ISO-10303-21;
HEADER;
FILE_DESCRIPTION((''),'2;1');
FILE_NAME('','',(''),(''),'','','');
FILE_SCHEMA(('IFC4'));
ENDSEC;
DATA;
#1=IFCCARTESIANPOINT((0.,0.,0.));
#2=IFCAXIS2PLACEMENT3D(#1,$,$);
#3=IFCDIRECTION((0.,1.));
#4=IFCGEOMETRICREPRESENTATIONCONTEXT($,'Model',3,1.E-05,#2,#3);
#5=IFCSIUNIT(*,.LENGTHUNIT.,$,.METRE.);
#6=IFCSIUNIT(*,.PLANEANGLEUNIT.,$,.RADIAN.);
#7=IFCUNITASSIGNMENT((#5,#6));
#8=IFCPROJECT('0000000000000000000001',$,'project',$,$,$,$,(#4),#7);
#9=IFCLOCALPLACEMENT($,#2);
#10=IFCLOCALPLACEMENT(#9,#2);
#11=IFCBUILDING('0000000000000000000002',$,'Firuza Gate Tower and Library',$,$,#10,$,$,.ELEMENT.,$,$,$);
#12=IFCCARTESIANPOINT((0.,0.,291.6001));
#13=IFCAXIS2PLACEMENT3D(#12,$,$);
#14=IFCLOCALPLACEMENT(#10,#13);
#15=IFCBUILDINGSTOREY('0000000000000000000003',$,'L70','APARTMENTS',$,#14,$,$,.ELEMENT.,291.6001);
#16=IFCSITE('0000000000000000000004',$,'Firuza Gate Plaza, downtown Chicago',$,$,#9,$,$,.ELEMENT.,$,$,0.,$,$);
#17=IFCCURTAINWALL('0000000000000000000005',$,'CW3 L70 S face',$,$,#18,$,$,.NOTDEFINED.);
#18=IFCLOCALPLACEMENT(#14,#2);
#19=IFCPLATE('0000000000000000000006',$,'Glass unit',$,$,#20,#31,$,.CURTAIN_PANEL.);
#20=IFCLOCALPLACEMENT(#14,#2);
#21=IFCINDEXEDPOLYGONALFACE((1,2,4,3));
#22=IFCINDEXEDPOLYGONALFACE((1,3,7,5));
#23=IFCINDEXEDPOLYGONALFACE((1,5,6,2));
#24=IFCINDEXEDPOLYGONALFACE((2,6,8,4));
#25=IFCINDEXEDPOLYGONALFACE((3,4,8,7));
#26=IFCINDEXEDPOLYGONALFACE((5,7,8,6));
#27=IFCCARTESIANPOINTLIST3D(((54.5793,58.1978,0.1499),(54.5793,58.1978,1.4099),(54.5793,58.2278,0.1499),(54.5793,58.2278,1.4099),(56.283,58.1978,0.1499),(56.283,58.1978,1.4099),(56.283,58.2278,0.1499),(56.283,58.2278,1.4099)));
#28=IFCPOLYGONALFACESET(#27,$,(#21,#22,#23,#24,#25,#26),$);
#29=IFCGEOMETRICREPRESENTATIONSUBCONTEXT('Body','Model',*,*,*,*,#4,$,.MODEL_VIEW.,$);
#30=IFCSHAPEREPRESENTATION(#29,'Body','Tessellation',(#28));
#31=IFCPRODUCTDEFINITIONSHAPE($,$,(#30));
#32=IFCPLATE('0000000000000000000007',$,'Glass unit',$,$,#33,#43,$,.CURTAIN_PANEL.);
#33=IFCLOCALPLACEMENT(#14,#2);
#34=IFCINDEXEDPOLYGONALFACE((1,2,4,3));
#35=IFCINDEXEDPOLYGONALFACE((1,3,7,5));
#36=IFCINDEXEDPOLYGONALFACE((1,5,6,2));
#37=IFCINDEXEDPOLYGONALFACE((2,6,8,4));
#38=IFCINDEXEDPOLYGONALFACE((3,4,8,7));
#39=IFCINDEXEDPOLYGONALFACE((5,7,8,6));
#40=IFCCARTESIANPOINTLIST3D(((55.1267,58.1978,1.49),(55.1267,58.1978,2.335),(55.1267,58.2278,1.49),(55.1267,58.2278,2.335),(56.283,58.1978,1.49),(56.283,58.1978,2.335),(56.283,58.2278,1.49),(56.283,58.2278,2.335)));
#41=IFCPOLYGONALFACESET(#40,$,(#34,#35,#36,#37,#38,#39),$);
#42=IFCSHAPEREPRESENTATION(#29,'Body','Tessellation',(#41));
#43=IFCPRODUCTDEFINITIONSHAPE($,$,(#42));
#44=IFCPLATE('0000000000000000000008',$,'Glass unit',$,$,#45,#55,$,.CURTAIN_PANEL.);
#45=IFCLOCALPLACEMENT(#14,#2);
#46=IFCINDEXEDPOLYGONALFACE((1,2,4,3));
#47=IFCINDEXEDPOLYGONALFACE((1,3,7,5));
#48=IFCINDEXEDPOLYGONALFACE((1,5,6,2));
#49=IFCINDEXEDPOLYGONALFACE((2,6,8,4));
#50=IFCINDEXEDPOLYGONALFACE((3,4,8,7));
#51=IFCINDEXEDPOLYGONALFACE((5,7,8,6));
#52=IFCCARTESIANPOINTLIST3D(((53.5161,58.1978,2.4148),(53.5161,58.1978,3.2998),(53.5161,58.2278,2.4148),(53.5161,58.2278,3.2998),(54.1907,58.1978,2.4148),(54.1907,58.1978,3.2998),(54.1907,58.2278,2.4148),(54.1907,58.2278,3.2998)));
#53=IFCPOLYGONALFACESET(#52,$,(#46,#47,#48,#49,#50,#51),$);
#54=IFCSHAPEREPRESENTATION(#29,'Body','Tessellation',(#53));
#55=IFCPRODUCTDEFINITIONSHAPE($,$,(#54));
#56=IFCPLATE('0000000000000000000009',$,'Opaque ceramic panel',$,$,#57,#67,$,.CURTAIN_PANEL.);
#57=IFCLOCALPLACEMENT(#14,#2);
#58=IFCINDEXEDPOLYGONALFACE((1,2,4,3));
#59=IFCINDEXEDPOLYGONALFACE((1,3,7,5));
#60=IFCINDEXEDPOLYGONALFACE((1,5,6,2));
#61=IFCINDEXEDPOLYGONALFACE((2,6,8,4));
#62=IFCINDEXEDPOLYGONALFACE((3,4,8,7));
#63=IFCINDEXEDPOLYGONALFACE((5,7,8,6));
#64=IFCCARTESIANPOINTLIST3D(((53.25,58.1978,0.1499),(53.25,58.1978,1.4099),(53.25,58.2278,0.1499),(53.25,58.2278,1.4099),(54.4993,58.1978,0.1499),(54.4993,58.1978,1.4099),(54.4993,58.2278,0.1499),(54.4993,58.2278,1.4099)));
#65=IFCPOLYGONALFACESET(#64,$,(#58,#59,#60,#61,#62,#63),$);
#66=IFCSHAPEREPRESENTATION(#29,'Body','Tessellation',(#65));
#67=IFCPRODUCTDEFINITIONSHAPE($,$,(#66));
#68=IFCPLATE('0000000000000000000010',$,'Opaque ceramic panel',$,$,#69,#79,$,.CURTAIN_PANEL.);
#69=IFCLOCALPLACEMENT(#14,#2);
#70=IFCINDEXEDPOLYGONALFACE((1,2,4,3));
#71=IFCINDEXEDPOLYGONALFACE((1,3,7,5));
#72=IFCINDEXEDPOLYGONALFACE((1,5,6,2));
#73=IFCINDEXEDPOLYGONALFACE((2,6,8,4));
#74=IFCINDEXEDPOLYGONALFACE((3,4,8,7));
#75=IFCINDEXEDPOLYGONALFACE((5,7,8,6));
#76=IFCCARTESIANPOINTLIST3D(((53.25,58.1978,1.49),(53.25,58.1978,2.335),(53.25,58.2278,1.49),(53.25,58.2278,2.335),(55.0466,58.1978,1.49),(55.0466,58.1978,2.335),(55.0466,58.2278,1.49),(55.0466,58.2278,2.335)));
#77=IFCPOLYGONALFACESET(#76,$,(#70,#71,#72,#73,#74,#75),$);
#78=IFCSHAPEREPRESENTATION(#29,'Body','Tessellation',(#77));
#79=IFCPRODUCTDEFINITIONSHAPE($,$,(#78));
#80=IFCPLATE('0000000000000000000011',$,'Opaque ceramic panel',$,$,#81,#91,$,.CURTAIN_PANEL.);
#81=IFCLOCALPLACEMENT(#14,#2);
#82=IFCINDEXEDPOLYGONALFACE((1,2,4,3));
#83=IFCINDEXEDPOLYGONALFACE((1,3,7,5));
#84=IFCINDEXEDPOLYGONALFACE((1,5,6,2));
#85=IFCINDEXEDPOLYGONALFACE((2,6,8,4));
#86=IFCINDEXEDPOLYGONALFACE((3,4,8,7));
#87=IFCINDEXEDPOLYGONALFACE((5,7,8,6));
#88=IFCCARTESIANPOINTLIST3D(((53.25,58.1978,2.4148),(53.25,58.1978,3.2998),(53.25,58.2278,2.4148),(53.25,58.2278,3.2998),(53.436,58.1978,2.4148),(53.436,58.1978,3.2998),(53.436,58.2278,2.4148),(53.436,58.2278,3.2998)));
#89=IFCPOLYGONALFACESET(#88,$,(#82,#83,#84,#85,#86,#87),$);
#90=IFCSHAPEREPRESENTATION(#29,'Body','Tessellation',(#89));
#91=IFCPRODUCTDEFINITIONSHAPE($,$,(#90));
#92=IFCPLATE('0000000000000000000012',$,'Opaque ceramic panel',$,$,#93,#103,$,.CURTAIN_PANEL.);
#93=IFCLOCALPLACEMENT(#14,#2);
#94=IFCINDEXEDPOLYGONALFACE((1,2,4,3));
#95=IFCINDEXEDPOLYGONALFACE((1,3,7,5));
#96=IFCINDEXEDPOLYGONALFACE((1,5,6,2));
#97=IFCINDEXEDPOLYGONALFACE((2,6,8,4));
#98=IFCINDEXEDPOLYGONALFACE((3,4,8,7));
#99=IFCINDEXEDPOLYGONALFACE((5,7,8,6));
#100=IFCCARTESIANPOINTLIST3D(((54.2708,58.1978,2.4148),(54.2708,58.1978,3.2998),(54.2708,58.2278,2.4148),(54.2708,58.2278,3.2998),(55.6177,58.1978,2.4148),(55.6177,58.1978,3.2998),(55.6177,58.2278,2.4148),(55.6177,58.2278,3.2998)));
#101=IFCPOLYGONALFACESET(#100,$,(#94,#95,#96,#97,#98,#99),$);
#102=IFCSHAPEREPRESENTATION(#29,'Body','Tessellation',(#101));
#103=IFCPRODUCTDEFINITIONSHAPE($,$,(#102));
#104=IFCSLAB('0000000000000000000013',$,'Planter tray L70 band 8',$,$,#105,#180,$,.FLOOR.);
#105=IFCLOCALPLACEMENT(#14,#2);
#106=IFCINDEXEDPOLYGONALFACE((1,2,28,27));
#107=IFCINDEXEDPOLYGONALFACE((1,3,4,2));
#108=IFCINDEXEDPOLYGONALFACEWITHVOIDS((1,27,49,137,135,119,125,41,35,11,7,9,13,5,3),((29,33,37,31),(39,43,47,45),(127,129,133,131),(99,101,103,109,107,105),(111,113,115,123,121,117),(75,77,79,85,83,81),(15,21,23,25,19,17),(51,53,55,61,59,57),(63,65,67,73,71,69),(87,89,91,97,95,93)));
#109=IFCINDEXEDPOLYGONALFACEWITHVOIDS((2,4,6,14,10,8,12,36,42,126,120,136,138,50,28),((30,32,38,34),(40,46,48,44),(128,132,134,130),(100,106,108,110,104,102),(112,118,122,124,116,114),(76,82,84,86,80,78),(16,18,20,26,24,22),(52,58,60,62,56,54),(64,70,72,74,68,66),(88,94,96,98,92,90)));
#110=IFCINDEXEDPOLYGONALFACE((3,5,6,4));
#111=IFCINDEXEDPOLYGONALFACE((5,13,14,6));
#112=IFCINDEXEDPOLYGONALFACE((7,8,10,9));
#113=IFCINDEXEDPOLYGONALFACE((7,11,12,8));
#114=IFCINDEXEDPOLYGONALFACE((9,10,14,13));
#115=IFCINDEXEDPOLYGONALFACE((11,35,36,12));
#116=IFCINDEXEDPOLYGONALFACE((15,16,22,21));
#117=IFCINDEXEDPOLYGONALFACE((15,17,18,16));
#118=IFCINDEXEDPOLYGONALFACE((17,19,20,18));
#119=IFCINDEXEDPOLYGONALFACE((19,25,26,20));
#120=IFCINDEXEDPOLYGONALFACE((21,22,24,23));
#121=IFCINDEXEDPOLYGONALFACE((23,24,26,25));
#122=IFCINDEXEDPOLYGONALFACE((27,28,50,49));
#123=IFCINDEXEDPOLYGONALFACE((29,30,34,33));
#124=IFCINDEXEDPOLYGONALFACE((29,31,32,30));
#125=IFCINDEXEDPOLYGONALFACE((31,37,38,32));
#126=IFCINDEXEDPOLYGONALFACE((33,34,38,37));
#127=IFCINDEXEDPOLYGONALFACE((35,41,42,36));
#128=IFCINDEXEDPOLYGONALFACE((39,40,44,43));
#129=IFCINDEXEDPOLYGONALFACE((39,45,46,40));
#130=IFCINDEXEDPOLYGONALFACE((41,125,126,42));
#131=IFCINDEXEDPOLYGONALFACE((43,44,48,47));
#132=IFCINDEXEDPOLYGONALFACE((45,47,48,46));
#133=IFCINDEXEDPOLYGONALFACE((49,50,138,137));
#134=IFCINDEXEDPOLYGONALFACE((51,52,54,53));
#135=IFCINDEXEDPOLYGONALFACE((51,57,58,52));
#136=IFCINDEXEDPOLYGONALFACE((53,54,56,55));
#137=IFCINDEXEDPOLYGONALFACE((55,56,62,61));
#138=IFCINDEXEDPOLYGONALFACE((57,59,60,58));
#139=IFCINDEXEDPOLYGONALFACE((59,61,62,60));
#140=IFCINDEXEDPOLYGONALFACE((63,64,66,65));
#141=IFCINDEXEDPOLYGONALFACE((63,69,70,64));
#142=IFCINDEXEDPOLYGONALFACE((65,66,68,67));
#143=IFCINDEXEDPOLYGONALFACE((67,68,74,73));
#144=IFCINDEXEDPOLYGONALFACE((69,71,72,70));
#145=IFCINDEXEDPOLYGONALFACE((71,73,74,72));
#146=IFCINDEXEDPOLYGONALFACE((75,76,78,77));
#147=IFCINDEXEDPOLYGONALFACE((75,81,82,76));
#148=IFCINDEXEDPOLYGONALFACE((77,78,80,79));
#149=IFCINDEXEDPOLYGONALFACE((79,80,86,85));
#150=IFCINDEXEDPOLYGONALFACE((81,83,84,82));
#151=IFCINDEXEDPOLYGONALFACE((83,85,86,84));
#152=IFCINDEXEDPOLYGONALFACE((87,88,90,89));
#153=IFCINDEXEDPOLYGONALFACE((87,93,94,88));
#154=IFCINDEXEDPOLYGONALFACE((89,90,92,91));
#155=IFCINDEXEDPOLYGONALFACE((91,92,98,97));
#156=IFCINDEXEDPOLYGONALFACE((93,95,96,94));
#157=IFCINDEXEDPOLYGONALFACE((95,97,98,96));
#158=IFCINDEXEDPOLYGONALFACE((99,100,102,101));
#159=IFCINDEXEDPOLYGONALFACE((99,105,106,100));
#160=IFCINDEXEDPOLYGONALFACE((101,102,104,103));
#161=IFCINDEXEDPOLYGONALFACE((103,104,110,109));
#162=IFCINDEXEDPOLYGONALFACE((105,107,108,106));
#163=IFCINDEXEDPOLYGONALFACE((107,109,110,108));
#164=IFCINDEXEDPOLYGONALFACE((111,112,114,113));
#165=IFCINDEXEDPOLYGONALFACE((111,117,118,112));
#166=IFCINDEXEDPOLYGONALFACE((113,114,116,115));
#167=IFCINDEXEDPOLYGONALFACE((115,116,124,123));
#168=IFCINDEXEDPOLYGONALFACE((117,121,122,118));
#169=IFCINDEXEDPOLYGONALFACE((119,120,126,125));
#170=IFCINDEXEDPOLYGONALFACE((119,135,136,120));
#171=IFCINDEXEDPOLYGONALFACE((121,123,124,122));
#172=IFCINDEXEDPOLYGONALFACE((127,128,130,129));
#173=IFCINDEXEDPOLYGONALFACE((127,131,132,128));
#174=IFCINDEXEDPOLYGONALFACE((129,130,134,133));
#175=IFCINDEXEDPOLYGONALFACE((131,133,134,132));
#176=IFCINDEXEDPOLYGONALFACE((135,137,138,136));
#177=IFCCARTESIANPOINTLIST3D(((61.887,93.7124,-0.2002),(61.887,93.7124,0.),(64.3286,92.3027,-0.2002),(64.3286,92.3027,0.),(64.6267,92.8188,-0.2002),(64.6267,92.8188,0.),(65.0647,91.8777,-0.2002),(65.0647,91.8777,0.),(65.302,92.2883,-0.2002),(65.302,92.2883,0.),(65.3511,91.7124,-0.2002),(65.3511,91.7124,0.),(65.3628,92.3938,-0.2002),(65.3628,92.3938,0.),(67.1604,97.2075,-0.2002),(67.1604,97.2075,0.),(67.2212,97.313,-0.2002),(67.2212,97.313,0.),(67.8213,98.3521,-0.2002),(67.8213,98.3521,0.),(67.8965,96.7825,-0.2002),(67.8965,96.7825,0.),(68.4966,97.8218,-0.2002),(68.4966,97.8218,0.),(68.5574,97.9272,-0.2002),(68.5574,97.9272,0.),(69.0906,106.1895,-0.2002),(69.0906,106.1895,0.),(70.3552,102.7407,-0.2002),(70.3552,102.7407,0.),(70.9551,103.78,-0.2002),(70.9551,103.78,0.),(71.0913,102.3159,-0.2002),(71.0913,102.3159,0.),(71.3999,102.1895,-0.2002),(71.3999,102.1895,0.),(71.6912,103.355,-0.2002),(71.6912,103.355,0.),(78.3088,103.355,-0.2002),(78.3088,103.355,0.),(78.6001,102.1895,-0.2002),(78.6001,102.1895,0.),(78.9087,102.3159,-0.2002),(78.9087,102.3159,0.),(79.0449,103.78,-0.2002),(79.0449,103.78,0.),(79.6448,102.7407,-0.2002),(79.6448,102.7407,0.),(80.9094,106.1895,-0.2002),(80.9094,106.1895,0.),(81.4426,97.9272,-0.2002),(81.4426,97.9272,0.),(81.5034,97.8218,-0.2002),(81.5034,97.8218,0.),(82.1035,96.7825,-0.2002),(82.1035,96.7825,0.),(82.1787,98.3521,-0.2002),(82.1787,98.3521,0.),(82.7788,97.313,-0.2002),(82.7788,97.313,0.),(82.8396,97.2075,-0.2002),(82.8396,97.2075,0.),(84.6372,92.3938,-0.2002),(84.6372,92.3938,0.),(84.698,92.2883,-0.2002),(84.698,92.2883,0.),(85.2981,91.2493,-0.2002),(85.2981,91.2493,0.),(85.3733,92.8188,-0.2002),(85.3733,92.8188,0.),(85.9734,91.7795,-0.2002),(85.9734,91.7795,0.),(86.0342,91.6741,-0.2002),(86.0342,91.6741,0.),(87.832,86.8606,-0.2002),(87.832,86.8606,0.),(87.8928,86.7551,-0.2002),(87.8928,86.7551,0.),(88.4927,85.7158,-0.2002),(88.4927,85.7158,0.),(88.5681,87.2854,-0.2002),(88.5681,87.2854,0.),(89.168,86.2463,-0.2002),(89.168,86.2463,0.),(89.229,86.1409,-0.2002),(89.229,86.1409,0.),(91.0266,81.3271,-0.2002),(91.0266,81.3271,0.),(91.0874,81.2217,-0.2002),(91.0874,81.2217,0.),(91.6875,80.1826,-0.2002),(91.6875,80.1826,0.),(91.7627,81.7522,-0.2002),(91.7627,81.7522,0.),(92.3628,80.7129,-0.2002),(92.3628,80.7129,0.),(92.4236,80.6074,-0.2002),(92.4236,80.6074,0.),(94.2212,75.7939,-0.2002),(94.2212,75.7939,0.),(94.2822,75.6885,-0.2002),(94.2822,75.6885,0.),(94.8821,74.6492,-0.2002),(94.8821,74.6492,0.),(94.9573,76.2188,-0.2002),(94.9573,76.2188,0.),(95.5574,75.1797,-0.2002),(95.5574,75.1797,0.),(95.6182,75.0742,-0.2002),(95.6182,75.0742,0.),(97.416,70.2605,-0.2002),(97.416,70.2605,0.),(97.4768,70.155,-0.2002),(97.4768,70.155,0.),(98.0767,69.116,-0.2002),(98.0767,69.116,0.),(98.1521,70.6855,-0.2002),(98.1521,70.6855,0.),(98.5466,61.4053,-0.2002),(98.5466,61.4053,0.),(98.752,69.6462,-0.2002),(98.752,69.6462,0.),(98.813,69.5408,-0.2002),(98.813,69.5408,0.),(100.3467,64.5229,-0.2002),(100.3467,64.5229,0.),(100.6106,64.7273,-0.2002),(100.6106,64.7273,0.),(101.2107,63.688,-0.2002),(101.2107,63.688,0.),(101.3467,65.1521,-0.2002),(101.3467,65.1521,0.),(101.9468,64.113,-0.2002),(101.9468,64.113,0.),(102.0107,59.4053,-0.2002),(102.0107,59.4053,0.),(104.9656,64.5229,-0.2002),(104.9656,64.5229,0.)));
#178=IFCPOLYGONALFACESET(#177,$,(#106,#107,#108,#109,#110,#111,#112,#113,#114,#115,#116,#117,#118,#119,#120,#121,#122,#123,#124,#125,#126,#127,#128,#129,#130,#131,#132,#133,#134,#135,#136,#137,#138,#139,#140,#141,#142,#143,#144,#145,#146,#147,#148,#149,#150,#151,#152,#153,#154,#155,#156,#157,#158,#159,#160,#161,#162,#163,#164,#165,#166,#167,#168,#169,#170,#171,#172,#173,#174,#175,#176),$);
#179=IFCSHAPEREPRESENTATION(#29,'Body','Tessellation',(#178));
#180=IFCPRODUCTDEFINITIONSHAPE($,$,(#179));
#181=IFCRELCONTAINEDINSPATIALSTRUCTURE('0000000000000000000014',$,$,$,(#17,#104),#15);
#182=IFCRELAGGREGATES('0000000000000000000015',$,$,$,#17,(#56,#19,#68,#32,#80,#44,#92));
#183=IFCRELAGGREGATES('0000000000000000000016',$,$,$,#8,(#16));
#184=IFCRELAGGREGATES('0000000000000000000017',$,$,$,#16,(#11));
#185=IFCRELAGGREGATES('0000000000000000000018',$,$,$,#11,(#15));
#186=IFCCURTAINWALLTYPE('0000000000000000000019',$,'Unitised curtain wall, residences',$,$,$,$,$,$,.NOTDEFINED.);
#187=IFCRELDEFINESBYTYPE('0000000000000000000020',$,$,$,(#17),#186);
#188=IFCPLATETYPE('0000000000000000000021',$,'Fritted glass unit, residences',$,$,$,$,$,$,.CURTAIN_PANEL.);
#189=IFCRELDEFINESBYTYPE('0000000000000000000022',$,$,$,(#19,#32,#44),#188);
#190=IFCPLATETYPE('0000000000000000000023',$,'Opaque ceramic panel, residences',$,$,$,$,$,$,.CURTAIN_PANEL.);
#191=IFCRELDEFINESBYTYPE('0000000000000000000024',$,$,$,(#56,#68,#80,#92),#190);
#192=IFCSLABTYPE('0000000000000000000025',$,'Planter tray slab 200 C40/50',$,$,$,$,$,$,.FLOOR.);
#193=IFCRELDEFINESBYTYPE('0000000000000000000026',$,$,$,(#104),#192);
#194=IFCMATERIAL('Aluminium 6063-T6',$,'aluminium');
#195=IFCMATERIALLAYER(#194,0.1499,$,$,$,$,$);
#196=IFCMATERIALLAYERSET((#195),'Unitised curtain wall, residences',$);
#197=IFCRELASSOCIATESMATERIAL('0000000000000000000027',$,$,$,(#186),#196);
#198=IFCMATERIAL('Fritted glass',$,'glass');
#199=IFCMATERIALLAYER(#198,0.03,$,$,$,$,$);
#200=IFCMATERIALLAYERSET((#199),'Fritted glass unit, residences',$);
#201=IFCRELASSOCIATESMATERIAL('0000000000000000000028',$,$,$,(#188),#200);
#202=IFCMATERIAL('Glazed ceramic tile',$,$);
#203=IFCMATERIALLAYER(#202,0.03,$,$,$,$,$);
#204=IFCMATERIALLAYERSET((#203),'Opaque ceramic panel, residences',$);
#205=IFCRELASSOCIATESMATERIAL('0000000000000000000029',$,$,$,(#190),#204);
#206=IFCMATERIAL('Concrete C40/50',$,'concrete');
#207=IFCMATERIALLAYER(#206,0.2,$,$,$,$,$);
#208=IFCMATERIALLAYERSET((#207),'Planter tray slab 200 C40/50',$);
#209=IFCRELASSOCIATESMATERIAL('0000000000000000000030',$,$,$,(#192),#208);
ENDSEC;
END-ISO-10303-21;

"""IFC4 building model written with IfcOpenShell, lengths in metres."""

from ifc_helpers import new_model, si_unit, direction, frame, origin, place, context, subcontext, project, spatial, polyline, outline, extrude, material, layer, layer_set, type_object, element, aggregate, save


model = new_model("IFC4")

# Units and contexts
model_context = context("Model", 3, precision=1e-05, world=origin(), true_north=direction((0.0, 1.0)))
body_context = subcontext(model_context, "Body", "Model", "MODEL_VIEW")
ifc_project = project(units=[si_unit("LENGTHUNIT", "METRE"), si_unit("PLANEANGLEUNIT", "RADIAN")], contexts=[model_context])

# Site, building, storey
site_placement = place(None, origin())
site = spatial("IfcSite", under=ifc_project, at=site_placement, Name="Firuza Gate Plaza, downtown Chicago", CompositionType="ELEMENT", RefElevation=0.0)
building_placement = place(site_placement, origin())
building = spatial("IfcBuilding", under=site, at=building_placement, Name="Firuza Gate Tower and Library", CompositionType="ELEMENT")
storey_placement = place(building_placement, frame((0.0, 0.0, 291.6001)))
storey = spatial("IfcBuildingStorey", under=building, at=storey_placement, Name="L70", Description="APARTMENTS", CompositionType="ELEMENT", Elevation=291.6001)

# Curtain wall
ifc_material_1 = material(Name="Aluminium 6063-T6", Category="aluminium")
ifc_layer_1 = layer(ifc_material_1, 0.1499)
ifc_layer_set_1 = layer_set([ifc_layer_1], Name="Unitised curtain wall, residences")
curtain_wall_type_1 = type_object("IfcCurtainWallType", Name="Unitised curtain wall, residences", PredefinedType="NOTDEFINED", material=ifc_layer_set_1)
placement_1 = place(storey_placement, origin())
curtain_wall_1 = element("IfcCurtainWall", 1, at=placement_1, inside=storey, type_object=curtain_wall_type_1, Name="CW3 L70 S face", PredefinedType="NOTDEFINED")

# Shared definitions
placement_2 = place(storey_placement, frame((0.0, 0.0, -0.2002)))

# Plates
ifc_material_2 = material(Name="Fritted glass", Category="glass")
ifc_layer_2 = layer(ifc_material_2, 0.03)
ifc_layer_set_2 = layer_set([ifc_layer_2], Name="Fritted glass unit, residences")
plate_type_1 = type_object("IfcPlateType", Name="Fritted glass unit, residences", PredefinedType="CURTAIN_PANEL", material=ifc_layer_set_2)
plate_1_placement = place(storey_placement, frame((54.5793, 58.1978, 0.1499), z_axis=(0.0, -1.0, 0.0), x_axis=(1.0, 0.0, 0.0)))
plate_1 = element("IfcPlate", 2, at=plate_1_placement, type_object=plate_type_1, Name="Glass unit", PredefinedType="CURTAIN_PANEL", context=body_context, shape_type="SweptSolid", body=[
    extrude(outline(polyline([(0.0, 0.0), (1.7036, 0.0), (1.7036, 1.26), (0.0, 1.26), (0.0, 0.0)])), origin(), (0.0, 0.0, -1.0), 0.03),
])
plate_2_placement = place(storey_placement, frame((55.1267, 58.1978, 1.49), z_axis=(0.0, -1.0, 0.0), x_axis=(1.0, 0.0, 0.0)))
plate_2 = element("IfcPlate", 3, at=plate_2_placement, type_object=plate_type_1, Name="Glass unit", PredefinedType="CURTAIN_PANEL", context=body_context, shape_type="SweptSolid", body=[
    extrude(outline(polyline([(0.0, 0.0), (1.1562, 0.0), (1.1562, 0.845), (0.0, 0.845), (0.0, 0.0)])), origin(), (0.0, 0.0, -1.0), 0.03),
])
plate_3_placement = place(storey_placement, frame((53.5161, 58.1978, 2.4148), z_axis=(0.0, -1.0, 0.0), x_axis=(1.0, 0.0, 0.0)))
plate_3 = element("IfcPlate", 4, at=plate_3_placement, type_object=plate_type_1, Name="Glass unit", PredefinedType="CURTAIN_PANEL", context=body_context, shape_type="SweptSolid", body=[
    extrude(outline(polyline([(0.0, 0.0), (0.6746, 0.0), (0.6746, 0.885), (0.0, 0.885), (0.0, 0.0)])), origin(), (0.0, 0.0, -1.0), 0.03),
])
ifc_material_3 = material(Name="Glazed ceramic tile")
ifc_layer_3 = layer(ifc_material_3, 0.03)
ifc_layer_set_3 = layer_set([ifc_layer_3], Name="Opaque ceramic panel, residences")
plate_type_2 = type_object("IfcPlateType", Name="Opaque ceramic panel, residences", PredefinedType="CURTAIN_PANEL", material=ifc_layer_set_3)
plate_4_placement = place(storey_placement, frame((53.25, 58.1978, 0.1499), z_axis=(0.0, -1.0, 0.0), x_axis=(1.0, 0.0, 0.0)))
plate_4 = element("IfcPlate", 5, at=plate_4_placement, type_object=plate_type_2, Name="Opaque ceramic panel", PredefinedType="CURTAIN_PANEL", context=body_context, shape_type="SweptSolid", body=[
    extrude(outline(polyline([(0.0, 0.0), (1.2493, 0.0), (1.2493, 1.26), (0.0, 1.26), (0.0, 0.0)])), origin(), (0.0, 0.0, -1.0), 0.03),
])
plate_5_placement = place(storey_placement, frame((53.25, 58.1978, 1.49), z_axis=(0.0, -1.0, 0.0), x_axis=(1.0, 0.0, 0.0)))
plate_5 = element("IfcPlate", 6, at=plate_5_placement, type_object=plate_type_2, Name="Opaque ceramic panel", PredefinedType="CURTAIN_PANEL", context=body_context, shape_type="SweptSolid", body=[
    extrude(outline(polyline([(0.0, 0.0), (1.7966, 0.0), (1.7966, 0.845), (0.0, 0.845), (0.0, 0.0)])), origin(), (0.0, 0.0, -1.0), 0.03),
])
plate_6_placement = place(storey_placement, frame((53.25, 58.1978, 2.4148), z_axis=(0.0, -1.0, 0.0), x_axis=(1.0, 0.0, 0.0)))
plate_6 = element("IfcPlate", 7, at=plate_6_placement, type_object=plate_type_2, Name="Opaque ceramic panel", PredefinedType="CURTAIN_PANEL", context=body_context, shape_type="SweptSolid", body=[
    extrude(outline(polyline([(0.0, 0.0), (0.186, 0.0), (0.186, 0.885), (0.0, 0.885), (0.0, 0.0)])), origin(), (0.0, 0.0, -1.0), 0.03),
])
plate_7_placement = place(storey_placement, frame((54.2708, 58.1978, 2.4148), z_axis=(0.0, -1.0, 0.0), x_axis=(1.0, 0.0, 0.0)))
plate_7 = element("IfcPlate", 8, at=plate_7_placement, type_object=plate_type_2, Name="Opaque ceramic panel", PredefinedType="CURTAIN_PANEL", context=body_context, shape_type="SweptSolid", body=[
    extrude(outline(polyline([(0.0, 0.0), (1.3469, 0.0), (1.3469, 0.885), (0.0, 0.885), (0.0, 0.0)])), origin(), (0.0, 0.0, -1.0), 0.03),
])
aggregate(curtain_wall_1, [plate_4, plate_1, plate_5, plate_2, plate_6, plate_3, plate_7])

# Slab
ifc_material_4 = material(Name="Concrete C40/50", Category="concrete")
ifc_layer_4 = layer(ifc_material_4, 0.2)
ifc_layer_set_4 = layer_set([ifc_layer_4], Name="Planter tray slab 200 C40/50")
slab_type_1 = type_object("IfcSlabType", Name="Planter tray slab 200 C40/50", PredefinedType="FLOOR", material=ifc_layer_set_4)
element("IfcSlab", 9, at=placement_2, inside=storey, type_object=slab_type_1, Name="Planter tray L70 band 8", PredefinedType="FLOOR", context=body_context, shape_type="SweptSolid", body=[
    extrude(outline(polyline([(61.887, 93.7124), (64.3286, 92.3027), (64.6267, 92.8188), (65.3628, 92.3938), (65.302, 92.2883), (65.302, 92.2883), (65.0647, 91.8777), (65.3511, 91.7124), (71.3999, 102.1895), (78.6001, 102.1895), (100.3467, 64.5229), (98.5466, 61.4053), (102.0107, 59.4053), (104.9656, 64.5229), (80.9094, 106.1895), (69.0906, 106.1895), (61.887, 93.7124)]), holes=[polyline([(67.2212, 97.313), (67.2212, 97.313), (67.8213, 98.3521), (68.5574, 97.9272), (68.4966, 97.8218), (68.4966, 97.8218), (67.8965, 96.7825), (67.1604, 97.2075), (67.2212, 97.313)]), polyline([(81.5034, 97.8218), (81.4426, 97.9272), (82.1787, 98.3521), (82.7788, 97.313), (82.7788, 97.313), (82.8396, 97.2075), (82.1035, 96.7825), (81.5034, 97.8218), (81.5034, 97.8218)]), polyline([(70.9551, 103.78), (71.6912, 103.355), (71.0913, 102.3159), (70.3552, 102.7407), (70.9551, 103.78)]), polyline([(79.6448, 102.7407), (78.9087, 102.3159), (78.3088, 103.355), (79.0449, 103.78), (79.6448, 102.7407)]), polyline([(101.9468, 64.113), (101.2107, 63.688), (100.6106, 64.7273), (101.3467, 65.1521), (101.9468, 64.113)]), polyline([(97.416, 70.2605), (98.1521, 70.6855), (98.752, 69.6462), (98.752, 69.6462), (98.813, 69.5408), (98.0767, 69.116), (97.4768, 70.155), (97.4768, 70.155), (97.416, 70.2605)]), polyline([(94.2212, 75.7939), (94.9573, 76.2188), (95.5574, 75.1797), (95.5574, 75.1797), (95.6182, 75.0742), (94.8821, 74.6492), (94.2822, 75.6885), (94.2822, 75.6885), (94.2212, 75.7939)]), polyline([(91.0874, 81.2217), (91.0266, 81.3271), (91.7627, 81.7522), (92.3628, 80.7129), (92.3628, 80.7129), (92.4236, 80.6074), (91.6875, 80.1826), (91.0874, 81.2217), (91.0874, 81.2217)]), polyline([(88.5681, 87.2854), (89.168, 86.2463), (89.168, 86.2463), (89.229, 86.1409), (88.4927, 85.7158), (87.8928, 86.7551), (87.8928, 86.7551), (87.832, 86.8606), (88.5681, 87.2854)]), polyline([(84.6372, 92.3938), (85.3733, 92.8188), (85.9734, 91.7795), (85.9734, 91.7795), (86.0342, 91.6741), (85.2981, 91.2493), (84.698, 92.2883), (84.698, 92.2883), (84.6372, 92.3938)])]), origin(), (0.0, 0.0, 1.0), 0.2002),
])

save(model, "model.ifc")
